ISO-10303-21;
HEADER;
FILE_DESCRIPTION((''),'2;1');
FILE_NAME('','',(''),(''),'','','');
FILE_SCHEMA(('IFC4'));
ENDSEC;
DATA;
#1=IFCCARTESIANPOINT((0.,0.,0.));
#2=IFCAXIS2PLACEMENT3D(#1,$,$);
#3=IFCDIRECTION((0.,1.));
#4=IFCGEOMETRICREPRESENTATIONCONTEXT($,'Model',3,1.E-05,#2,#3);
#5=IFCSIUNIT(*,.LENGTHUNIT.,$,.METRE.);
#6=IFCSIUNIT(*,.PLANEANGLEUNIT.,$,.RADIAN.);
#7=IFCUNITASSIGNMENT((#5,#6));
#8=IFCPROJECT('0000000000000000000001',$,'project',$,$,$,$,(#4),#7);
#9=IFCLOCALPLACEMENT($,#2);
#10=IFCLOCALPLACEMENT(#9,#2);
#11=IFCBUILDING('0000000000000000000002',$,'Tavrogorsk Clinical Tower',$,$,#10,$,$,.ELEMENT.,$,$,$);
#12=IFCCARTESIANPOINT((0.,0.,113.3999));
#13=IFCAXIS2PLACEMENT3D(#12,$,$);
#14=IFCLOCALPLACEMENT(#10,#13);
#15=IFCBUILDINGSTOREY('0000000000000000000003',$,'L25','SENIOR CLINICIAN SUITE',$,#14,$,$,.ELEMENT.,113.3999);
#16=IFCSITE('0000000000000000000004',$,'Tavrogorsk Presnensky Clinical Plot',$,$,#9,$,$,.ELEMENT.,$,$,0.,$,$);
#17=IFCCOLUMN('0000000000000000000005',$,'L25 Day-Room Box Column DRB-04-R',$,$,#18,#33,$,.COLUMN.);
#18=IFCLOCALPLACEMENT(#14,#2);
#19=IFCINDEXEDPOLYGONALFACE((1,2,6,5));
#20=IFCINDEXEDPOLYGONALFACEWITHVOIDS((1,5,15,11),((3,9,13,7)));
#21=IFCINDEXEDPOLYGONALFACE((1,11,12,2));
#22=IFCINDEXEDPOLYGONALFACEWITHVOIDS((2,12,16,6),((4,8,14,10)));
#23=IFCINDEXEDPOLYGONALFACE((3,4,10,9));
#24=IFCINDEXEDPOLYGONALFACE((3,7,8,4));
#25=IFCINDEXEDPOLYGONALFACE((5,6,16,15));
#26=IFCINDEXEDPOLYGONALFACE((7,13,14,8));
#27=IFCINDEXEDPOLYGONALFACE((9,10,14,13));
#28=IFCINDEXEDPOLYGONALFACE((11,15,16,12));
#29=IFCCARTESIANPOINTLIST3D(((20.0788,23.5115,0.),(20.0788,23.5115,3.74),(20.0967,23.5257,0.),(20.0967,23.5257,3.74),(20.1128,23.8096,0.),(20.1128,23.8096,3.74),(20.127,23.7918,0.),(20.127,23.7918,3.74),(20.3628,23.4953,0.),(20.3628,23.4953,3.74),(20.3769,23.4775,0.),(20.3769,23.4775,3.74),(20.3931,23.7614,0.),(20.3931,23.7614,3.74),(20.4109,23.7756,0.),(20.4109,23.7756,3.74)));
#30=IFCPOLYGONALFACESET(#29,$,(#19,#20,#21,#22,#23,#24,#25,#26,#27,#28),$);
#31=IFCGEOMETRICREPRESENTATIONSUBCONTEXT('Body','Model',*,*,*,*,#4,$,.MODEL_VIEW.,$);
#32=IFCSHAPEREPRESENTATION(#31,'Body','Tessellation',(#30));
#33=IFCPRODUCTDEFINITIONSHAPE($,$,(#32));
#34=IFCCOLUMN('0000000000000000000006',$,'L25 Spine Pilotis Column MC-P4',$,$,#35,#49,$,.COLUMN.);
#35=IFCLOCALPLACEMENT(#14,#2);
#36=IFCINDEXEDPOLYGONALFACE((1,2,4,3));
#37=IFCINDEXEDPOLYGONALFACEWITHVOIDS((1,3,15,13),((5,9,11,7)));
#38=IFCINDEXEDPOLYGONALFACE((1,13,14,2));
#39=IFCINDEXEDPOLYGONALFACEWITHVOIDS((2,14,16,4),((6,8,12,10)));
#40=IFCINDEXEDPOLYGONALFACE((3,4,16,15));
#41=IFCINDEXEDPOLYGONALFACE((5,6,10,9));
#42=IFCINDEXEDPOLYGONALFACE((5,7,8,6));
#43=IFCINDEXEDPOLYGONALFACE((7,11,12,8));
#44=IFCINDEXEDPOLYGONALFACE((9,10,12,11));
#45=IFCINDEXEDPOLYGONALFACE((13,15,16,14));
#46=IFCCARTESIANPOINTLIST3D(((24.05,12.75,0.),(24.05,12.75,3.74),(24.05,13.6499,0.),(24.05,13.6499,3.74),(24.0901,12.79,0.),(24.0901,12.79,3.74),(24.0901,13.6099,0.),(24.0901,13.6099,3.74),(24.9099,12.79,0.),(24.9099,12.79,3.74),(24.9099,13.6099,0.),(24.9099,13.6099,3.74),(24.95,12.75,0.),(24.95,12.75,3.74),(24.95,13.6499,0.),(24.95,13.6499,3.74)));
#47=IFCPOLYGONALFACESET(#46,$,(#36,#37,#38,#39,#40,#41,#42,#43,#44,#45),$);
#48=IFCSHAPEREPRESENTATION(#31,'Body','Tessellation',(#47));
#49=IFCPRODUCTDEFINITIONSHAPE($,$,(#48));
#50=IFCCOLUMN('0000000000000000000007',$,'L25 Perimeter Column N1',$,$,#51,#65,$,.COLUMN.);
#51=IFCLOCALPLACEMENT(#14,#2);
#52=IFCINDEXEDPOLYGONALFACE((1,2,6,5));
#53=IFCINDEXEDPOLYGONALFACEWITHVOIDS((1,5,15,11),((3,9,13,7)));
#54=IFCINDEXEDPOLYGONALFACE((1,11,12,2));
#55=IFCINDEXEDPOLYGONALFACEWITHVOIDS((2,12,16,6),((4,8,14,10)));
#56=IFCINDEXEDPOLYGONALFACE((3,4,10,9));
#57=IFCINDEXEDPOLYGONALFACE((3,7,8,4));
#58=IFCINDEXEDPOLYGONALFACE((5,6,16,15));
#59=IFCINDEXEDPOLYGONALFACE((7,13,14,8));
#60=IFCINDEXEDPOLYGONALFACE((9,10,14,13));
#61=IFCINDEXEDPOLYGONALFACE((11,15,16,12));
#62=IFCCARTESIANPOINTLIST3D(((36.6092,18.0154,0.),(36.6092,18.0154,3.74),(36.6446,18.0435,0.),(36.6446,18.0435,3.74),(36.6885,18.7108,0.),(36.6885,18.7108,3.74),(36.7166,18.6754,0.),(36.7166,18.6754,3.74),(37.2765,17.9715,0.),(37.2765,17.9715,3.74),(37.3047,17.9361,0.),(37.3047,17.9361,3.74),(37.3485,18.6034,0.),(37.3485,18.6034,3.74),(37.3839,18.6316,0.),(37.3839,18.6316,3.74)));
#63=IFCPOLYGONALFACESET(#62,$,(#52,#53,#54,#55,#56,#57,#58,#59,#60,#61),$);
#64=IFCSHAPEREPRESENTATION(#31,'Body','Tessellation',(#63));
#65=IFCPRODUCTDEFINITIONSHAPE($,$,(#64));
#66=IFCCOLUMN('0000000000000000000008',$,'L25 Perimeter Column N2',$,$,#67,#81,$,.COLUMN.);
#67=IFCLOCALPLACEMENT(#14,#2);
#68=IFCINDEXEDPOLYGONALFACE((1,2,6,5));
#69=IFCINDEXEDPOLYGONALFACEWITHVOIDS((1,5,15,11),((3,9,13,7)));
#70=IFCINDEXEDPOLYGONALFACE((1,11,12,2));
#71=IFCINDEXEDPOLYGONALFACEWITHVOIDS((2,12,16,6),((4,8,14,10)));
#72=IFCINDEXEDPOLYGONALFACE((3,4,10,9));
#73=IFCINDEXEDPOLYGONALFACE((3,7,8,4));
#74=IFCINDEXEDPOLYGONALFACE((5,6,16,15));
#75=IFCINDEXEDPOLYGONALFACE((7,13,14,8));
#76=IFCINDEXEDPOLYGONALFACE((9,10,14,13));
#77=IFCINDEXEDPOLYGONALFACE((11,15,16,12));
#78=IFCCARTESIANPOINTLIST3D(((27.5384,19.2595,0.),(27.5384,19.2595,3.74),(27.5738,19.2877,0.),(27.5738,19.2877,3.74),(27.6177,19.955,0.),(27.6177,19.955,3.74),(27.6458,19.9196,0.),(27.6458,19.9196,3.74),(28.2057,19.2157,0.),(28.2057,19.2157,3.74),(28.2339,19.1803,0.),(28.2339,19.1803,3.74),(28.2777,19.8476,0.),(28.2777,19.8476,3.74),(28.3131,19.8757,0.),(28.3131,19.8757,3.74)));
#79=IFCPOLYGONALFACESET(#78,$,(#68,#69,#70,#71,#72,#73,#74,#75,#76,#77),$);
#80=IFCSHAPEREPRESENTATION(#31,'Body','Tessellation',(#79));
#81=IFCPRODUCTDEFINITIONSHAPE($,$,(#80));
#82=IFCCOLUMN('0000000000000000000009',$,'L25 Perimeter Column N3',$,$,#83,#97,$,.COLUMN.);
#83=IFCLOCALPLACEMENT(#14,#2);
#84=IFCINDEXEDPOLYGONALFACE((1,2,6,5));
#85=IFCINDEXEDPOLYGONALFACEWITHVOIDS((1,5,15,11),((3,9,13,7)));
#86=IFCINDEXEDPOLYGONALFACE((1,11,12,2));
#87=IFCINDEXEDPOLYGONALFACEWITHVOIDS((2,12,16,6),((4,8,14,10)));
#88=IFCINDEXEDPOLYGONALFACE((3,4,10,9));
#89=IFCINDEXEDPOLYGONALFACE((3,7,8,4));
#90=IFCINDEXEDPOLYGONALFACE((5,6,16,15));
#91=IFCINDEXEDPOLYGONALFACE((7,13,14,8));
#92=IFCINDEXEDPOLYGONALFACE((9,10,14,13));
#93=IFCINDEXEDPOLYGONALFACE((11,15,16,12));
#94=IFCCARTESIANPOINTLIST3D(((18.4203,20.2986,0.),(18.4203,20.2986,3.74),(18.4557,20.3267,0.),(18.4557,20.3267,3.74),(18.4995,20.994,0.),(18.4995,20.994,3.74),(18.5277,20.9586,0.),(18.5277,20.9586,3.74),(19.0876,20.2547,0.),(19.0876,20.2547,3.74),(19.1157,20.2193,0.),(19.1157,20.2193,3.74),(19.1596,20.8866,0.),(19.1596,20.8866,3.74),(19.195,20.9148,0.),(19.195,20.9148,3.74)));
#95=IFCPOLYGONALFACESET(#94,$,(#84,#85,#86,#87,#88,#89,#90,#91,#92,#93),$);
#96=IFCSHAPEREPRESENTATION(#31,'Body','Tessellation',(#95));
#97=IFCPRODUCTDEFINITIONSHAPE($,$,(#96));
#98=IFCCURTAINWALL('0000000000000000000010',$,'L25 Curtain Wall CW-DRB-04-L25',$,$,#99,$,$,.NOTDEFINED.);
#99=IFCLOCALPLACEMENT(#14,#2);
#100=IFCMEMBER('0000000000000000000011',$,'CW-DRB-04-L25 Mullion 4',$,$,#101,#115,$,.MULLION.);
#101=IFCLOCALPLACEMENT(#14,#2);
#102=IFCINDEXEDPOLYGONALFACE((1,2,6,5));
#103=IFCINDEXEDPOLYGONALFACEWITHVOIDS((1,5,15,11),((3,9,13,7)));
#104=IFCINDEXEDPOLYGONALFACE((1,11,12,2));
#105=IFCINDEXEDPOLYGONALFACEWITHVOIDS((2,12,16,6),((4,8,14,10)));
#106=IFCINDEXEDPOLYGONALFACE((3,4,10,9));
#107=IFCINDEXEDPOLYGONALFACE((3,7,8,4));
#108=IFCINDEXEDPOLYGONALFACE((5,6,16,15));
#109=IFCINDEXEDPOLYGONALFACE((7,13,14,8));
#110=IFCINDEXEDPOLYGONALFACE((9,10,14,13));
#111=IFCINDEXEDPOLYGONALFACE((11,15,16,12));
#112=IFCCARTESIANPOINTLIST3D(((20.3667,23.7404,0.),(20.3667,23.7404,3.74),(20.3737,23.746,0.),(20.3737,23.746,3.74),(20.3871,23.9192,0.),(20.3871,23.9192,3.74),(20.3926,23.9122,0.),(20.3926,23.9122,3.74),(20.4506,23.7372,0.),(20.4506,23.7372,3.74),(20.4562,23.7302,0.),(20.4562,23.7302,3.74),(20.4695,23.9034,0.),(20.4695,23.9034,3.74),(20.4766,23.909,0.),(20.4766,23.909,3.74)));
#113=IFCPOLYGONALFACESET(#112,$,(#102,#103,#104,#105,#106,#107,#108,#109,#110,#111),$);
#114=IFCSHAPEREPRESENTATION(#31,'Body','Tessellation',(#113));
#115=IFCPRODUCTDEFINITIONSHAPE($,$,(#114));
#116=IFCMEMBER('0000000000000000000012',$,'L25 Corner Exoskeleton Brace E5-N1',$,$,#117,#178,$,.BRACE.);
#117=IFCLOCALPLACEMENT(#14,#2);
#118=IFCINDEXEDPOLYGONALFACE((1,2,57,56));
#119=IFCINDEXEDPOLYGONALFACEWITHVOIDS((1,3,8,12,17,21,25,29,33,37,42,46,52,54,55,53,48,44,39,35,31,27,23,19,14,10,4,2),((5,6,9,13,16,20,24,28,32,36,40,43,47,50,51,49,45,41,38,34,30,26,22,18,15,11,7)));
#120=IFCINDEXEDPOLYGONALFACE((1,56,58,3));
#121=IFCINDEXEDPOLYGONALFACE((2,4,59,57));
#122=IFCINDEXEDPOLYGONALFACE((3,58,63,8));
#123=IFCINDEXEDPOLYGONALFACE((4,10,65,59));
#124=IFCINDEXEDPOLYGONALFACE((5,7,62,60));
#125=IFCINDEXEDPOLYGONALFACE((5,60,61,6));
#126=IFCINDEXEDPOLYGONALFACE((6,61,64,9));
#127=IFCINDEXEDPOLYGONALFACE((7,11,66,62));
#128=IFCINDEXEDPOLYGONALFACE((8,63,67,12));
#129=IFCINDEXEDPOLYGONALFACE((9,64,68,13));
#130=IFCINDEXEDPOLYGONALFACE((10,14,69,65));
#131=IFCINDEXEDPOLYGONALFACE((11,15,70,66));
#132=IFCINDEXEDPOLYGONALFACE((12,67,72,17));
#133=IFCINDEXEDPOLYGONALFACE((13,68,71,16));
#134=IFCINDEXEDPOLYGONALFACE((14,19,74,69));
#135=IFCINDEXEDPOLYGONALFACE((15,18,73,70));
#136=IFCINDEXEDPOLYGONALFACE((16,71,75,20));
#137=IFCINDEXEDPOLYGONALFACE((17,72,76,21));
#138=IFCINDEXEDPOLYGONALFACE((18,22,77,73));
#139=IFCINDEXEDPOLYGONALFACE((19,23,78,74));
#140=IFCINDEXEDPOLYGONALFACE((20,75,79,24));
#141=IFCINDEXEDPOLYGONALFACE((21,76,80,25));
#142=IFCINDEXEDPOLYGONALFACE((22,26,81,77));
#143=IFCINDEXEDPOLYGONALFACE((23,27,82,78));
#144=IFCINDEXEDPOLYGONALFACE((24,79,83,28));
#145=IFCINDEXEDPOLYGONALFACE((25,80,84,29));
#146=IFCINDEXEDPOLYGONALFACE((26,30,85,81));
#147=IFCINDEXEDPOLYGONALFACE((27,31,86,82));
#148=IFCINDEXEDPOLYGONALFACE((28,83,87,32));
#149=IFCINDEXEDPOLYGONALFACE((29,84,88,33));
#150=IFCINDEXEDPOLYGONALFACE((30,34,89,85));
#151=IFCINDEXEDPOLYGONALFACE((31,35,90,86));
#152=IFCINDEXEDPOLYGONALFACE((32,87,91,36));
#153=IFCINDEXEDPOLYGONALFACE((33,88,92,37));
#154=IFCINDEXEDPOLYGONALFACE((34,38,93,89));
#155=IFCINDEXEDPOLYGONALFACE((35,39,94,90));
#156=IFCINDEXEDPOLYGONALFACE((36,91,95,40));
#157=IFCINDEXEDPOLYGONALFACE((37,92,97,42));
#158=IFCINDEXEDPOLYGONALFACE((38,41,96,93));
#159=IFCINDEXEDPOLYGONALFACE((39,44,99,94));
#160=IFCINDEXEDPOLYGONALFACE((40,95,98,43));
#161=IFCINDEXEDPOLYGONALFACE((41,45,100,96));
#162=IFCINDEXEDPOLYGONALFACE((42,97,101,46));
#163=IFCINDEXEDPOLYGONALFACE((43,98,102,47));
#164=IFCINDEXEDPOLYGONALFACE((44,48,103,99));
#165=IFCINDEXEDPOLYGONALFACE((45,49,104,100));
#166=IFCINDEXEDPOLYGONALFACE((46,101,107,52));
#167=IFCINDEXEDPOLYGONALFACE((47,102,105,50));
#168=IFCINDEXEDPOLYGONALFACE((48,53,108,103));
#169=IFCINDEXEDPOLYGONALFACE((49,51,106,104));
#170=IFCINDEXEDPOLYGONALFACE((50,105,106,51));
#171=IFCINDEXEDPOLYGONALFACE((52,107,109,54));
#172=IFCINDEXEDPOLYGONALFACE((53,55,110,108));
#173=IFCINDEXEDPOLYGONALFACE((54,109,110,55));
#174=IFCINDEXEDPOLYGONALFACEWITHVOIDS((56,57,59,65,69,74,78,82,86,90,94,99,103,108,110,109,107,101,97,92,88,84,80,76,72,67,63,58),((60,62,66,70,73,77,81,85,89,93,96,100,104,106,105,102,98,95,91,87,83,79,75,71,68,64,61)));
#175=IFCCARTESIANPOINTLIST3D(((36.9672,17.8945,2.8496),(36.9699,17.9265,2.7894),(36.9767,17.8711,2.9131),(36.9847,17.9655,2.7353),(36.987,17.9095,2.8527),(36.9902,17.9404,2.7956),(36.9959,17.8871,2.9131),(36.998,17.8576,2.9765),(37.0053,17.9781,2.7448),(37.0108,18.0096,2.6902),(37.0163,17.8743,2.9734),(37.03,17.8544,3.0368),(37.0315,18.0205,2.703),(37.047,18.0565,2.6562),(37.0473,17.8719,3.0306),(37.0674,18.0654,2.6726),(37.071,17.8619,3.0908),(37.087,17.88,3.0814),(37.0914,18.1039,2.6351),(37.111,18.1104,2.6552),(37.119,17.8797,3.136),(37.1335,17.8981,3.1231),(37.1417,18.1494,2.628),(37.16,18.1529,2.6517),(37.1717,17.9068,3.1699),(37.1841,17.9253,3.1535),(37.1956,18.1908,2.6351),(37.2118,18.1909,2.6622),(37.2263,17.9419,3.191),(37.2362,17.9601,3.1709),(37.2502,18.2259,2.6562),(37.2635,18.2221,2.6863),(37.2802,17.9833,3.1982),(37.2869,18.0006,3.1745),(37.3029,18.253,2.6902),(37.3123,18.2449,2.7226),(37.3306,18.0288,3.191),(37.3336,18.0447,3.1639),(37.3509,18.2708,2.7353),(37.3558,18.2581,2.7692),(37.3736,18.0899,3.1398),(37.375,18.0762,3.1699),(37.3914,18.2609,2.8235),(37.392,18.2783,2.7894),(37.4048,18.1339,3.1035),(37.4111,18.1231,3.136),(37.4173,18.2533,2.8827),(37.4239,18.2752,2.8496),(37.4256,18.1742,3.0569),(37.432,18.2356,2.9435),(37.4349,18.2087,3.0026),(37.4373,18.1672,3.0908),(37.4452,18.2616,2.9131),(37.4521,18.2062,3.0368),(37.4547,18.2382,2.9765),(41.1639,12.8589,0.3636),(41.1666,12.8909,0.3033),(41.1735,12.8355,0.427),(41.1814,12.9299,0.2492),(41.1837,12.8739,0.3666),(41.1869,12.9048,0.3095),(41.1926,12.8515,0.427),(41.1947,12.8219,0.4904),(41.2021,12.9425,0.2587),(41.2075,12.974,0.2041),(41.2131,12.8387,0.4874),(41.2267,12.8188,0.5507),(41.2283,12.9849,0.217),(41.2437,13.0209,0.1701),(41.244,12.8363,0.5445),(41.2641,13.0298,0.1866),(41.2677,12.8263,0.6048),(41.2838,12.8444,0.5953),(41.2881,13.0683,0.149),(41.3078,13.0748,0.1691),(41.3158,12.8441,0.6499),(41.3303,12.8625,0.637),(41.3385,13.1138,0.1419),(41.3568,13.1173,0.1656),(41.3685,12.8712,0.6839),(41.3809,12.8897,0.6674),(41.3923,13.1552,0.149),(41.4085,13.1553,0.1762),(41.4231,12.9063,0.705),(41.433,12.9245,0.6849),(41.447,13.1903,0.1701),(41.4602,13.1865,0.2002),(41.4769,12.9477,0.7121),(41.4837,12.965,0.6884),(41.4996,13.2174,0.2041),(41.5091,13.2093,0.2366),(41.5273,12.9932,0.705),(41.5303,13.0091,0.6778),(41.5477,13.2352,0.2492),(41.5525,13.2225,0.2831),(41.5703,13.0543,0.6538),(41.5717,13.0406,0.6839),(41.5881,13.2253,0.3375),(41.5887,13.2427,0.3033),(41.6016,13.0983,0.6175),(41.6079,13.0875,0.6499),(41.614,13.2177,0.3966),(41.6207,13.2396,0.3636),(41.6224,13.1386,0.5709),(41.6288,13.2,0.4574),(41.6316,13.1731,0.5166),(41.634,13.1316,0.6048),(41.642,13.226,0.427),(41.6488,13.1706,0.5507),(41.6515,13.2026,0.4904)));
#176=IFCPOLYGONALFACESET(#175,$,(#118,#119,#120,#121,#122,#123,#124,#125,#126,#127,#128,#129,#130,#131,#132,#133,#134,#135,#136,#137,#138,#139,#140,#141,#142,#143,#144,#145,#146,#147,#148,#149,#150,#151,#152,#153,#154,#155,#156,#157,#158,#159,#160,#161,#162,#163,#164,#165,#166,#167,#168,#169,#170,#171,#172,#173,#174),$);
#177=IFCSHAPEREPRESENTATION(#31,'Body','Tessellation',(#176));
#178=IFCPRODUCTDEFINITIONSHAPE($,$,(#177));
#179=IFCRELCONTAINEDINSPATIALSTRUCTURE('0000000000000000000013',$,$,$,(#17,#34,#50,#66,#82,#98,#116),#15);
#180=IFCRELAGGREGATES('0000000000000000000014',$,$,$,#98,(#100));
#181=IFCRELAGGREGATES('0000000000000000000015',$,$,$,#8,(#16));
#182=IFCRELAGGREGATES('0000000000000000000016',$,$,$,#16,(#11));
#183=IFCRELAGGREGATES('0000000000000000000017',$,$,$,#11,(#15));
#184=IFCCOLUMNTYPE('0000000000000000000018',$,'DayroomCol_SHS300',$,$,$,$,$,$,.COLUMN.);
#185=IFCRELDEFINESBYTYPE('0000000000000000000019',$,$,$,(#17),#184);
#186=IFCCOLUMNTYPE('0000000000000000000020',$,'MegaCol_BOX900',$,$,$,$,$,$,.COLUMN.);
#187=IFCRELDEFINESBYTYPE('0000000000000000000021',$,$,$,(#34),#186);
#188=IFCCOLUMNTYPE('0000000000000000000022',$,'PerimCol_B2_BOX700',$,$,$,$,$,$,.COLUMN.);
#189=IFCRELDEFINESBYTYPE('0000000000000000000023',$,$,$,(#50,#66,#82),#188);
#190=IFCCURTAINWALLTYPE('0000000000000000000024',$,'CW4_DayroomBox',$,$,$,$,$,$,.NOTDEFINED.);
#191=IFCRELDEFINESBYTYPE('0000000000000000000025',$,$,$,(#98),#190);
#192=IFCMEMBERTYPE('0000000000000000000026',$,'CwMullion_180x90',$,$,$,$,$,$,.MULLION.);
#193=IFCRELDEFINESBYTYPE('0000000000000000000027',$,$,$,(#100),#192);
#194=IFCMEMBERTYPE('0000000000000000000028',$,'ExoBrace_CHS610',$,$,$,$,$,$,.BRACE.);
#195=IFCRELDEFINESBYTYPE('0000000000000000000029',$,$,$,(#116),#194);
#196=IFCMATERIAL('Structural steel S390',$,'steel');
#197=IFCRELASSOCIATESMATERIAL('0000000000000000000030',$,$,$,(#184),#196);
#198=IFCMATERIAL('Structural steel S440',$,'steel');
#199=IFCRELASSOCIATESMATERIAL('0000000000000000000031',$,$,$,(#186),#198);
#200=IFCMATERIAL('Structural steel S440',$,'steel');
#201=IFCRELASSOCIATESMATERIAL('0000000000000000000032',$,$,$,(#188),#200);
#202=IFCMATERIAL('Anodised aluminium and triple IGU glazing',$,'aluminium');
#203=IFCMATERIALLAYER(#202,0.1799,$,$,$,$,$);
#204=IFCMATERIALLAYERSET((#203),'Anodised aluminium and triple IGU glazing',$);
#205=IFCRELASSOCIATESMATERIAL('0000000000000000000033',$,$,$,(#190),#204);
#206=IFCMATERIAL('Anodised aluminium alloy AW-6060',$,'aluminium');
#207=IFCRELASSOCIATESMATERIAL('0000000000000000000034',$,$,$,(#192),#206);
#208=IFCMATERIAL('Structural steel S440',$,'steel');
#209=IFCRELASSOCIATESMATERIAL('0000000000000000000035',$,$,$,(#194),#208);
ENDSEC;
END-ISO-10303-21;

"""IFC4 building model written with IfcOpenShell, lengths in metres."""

from ifc_helpers import new_model, si_unit, direction, frame, origin, origin_2d, place, context, subcontext, project, spatial, hollow_rectangle, hollow_circle, extrude, material, layer, layer_set, material_profile, profile_set, type_object, element, aggregate, save


model = new_model("IFC4")

# Units and contexts
model_context = context("Model", 3, precision=1e-05, world=origin(), true_north=direction((0.0, 1.0)))
body_context = subcontext(model_context, "Body", "Model", "MODEL_VIEW")
ifc_project = project(units=[si_unit("LENGTHUNIT", "METRE"), si_unit("PLANEANGLEUNIT", "RADIAN")], contexts=[model_context])

# Site, building, storey
site_placement = place(None, origin())
site = spatial("IfcSite", under=ifc_project, at=site_placement, Name="Tavrogorsk Presnensky Clinical Plot", CompositionType="ELEMENT", RefElevation=0.0)
building_placement = place(site_placement, origin())
building = spatial("IfcBuilding", under=site, at=building_placement, Name="Tavrogorsk Clinical Tower", CompositionType="ELEMENT")
storey_placement = place(building_placement, frame((0.0, 0.0, 113.3999)))
storey = spatial("IfcBuildingStorey", under=building, at=storey_placement, Name="L25", Description="SENIOR CLINICIAN SUITE", CompositionType="ELEMENT", Elevation=113.3999)

# Columns
ifc_material_1 = material(Name="Structural steel S390", Category="steel")
ifc_material_profile_1 = material_profile(ifc_material_1, hollow_rectangle(XDim=0.3, YDim=0.3, WallThickness=0.0161, at=origin_2d()), Name="SHS-300x300x16")
ifc_profile_set_1 = profile_set([ifc_material_profile_1], Name="Structural steel S390")
column_type_1 = type_object("IfcColumnType", Name="DayroomCol_SHS300", PredefinedType="COLUMN", material=ifc_profile_set_1)
column_1_placement = place(storey_placement, frame((20.2449, 23.6436, 0.0), z_axis=(0.0, 0.0, 1.0), x_axis=(0.993572, -0.113203, 0.0)))
element("IfcColumn", 1, at=column_1_placement, inside=storey, type_object=column_type_1, Name="L25 Day-Room Box Column DRB-04-R", PredefinedType="COLUMN", context=body_context, shape_type="SweptSolid", body=[
    extrude(hollow_rectangle(XDim=0.3, YDim=0.3, WallThickness=0.0161, at=origin_2d()), origin(), (0.0, 0.0, 1.0), 3.74),
])
ifc_material_2 = material(Name="Structural steel S440", Category="steel")
ifc_material_profile_2 = material_profile(ifc_material_2, hollow_rectangle(XDim=0.8999, YDim=0.8999, WallThickness=0.04, at=origin_2d()), Name="BOX-900x900x40")
ifc_profile_set_2 = profile_set([ifc_material_profile_2], Name="Structural steel S440")
column_type_2 = type_object("IfcColumnType", Name="MegaCol_BOX900", PredefinedType="COLUMN", material=ifc_profile_set_2)
column_2_placement = place(storey_placement, frame((24.5, 13.2, 0.0), z_axis=(0.0, 0.0, 1.0), x_axis=(1.0, 0.0, 0.0)))
element("IfcColumn", 2, at=column_2_placement, inside=storey, type_object=column_type_2, Name="L25 Spine Pilotis Column MC-P4", PredefinedType="COLUMN", context=body_context, shape_type="SweptSolid", body=[
    extrude(hollow_rectangle(XDim=0.8999, YDim=0.8999, WallThickness=0.04, at=origin_2d()), origin(), (0.0, 0.0, 1.0), 3.74),
])
ifc_material_3 = material(Name="Structural steel S440", Category="steel")
ifc_material_profile_3 = material_profile(ifc_material_3, hollow_rectangle(XDim=0.7, YDim=0.7, WallThickness=0.032, at=origin_2d()), Name="BOX-700x700x32")
ifc_profile_set_3 = profile_set([ifc_material_profile_3], Name="Structural steel S440")
column_type_3 = type_object("IfcColumnType", Name="PerimCol_B2_BOX700", PredefinedType="COLUMN", material=ifc_profile_set_3)
for number, where, z_axis, x_axis, name in (
    (3, (36.9966, 18.3235, 0.0), (0.0, 0.0, 1.0), (0.993572, -0.113203, 0.0), "L25 Perimeter Column N1"),
    (4, (27.9258, 19.5676, 0.0), (0.0, 0.0, 1.0), (0.993572, -0.113203, 0.0), "L25 Perimeter Column N2"),
    (5, (18.8076, 20.6067, 0.0), (0.0, 0.0, 1.0), (0.993572, -0.113203, 0.0), "L25 Perimeter Column N3"),
):
    element("IfcColumn", number, at=place(storey_placement, frame(where, z_axis=z_axis, x_axis=x_axis)), inside=storey, type_object=column_type_3, Name=name, PredefinedType="COLUMN", context=body_context, shape_type="SweptSolid", body=[
        extrude(hollow_rectangle(XDim=0.7, YDim=0.7, WallThickness=0.032, at=origin_2d()), origin(), (0.0, 0.0, 1.0), 3.74),
    ])

# Curtain wall, member
ifc_material_4 = material(Name="Anodised aluminium and triple IGU glazing", Category="aluminium")
ifc_layer_1 = layer(ifc_material_4, 0.1799)
ifc_layer_set_1 = layer_set([ifc_layer_1], Name="Anodised aluminium and triple IGU glazing")
curtain_wall_type = type_object("IfcCurtainWallType", Name="CW4_DayroomBox", PredefinedType="NOTDEFINED", material=ifc_layer_set_1)
curtain_wall_placement = place(storey_placement, origin())
curtain_wall = element("IfcCurtainWall", 6, at=curtain_wall_placement, inside=storey, type_object=curtain_wall_type, Name="L25 Curtain Wall CW-DRB-04-L25", PredefinedType="NOTDEFINED")
ifc_material_5 = material(Name="Anodised aluminium alloy AW-6060", Category="aluminium")
ifc_material_profile_4 = material_profile(ifc_material_5, hollow_rectangle(XDim=0.0901, YDim=0.1799, WallThickness=0.0063, at=origin_2d()), Name="RHS-180x90x6.3")
ifc_profile_set_4 = profile_set([ifc_material_profile_4], Name="Anodised aluminium alloy AW-6060")
member_type_1 = type_object("IfcMemberType", Name="CwMullion_180x90", PredefinedType="MULLION", material=ifc_profile_set_4)
member_1_placement = place(storey_placement, frame((20.4216, 23.8247, 0.0), z_axis=(0.0, 0.0, 1.0), x_axis=(0.993572, -0.113203, 0.0)))
member_1 = element("IfcMember", 7, at=member_1_placement, type_object=member_type_1, Name="CW-DRB-04-L25 Mullion 4", PredefinedType="MULLION", context=body_context, shape_type="SweptSolid", body=[
    extrude(hollow_rectangle(XDim=0.0901, YDim=0.1799, WallThickness=0.0063, at=origin_2d()), origin(), (0.0, 0.0, 1.0), 3.74),
])

# Member
ifc_material_6 = material(Name="Structural steel S440", Category="steel")
ifc_material_profile_5 = material_profile(ifc_material_6, hollow_circle(Radius=0.3049, WallThickness=0.0249, at=origin_2d()), Name="CHS-610x25")
ifc_profile_set_5 = profile_set([ifc_material_profile_5], Name="Structural steel S440")
member_type_2 = type_object("IfcMemberType", Name="ExoBrace_CHS610", PredefinedType="BRACE", material=ifc_profile_set_5)
member_2_placement = place(storey_placement, frame((41.4077, 13.0308, 0.427), z_axis=(-0.598616, 0.71827, 0.354608), x_axis=(-0.768191, -0.640221, 0.0)))
element("IfcMember", 8, at=member_2_placement, inside=storey, type_object=member_type_2, Name="L25 Corner Exoskeleton Brace E5-N1", PredefinedType="BRACE", context=body_context, shape_type="SweptSolid", body=[
    extrude(hollow_circle(Radius=0.3049, WallThickness=0.0249, at=origin_2d()), origin(), (0.0, 0.0, 1.0), 7.0107),
])

aggregate(curtain_wall, [member_1])

save(model, "model.ifc")
